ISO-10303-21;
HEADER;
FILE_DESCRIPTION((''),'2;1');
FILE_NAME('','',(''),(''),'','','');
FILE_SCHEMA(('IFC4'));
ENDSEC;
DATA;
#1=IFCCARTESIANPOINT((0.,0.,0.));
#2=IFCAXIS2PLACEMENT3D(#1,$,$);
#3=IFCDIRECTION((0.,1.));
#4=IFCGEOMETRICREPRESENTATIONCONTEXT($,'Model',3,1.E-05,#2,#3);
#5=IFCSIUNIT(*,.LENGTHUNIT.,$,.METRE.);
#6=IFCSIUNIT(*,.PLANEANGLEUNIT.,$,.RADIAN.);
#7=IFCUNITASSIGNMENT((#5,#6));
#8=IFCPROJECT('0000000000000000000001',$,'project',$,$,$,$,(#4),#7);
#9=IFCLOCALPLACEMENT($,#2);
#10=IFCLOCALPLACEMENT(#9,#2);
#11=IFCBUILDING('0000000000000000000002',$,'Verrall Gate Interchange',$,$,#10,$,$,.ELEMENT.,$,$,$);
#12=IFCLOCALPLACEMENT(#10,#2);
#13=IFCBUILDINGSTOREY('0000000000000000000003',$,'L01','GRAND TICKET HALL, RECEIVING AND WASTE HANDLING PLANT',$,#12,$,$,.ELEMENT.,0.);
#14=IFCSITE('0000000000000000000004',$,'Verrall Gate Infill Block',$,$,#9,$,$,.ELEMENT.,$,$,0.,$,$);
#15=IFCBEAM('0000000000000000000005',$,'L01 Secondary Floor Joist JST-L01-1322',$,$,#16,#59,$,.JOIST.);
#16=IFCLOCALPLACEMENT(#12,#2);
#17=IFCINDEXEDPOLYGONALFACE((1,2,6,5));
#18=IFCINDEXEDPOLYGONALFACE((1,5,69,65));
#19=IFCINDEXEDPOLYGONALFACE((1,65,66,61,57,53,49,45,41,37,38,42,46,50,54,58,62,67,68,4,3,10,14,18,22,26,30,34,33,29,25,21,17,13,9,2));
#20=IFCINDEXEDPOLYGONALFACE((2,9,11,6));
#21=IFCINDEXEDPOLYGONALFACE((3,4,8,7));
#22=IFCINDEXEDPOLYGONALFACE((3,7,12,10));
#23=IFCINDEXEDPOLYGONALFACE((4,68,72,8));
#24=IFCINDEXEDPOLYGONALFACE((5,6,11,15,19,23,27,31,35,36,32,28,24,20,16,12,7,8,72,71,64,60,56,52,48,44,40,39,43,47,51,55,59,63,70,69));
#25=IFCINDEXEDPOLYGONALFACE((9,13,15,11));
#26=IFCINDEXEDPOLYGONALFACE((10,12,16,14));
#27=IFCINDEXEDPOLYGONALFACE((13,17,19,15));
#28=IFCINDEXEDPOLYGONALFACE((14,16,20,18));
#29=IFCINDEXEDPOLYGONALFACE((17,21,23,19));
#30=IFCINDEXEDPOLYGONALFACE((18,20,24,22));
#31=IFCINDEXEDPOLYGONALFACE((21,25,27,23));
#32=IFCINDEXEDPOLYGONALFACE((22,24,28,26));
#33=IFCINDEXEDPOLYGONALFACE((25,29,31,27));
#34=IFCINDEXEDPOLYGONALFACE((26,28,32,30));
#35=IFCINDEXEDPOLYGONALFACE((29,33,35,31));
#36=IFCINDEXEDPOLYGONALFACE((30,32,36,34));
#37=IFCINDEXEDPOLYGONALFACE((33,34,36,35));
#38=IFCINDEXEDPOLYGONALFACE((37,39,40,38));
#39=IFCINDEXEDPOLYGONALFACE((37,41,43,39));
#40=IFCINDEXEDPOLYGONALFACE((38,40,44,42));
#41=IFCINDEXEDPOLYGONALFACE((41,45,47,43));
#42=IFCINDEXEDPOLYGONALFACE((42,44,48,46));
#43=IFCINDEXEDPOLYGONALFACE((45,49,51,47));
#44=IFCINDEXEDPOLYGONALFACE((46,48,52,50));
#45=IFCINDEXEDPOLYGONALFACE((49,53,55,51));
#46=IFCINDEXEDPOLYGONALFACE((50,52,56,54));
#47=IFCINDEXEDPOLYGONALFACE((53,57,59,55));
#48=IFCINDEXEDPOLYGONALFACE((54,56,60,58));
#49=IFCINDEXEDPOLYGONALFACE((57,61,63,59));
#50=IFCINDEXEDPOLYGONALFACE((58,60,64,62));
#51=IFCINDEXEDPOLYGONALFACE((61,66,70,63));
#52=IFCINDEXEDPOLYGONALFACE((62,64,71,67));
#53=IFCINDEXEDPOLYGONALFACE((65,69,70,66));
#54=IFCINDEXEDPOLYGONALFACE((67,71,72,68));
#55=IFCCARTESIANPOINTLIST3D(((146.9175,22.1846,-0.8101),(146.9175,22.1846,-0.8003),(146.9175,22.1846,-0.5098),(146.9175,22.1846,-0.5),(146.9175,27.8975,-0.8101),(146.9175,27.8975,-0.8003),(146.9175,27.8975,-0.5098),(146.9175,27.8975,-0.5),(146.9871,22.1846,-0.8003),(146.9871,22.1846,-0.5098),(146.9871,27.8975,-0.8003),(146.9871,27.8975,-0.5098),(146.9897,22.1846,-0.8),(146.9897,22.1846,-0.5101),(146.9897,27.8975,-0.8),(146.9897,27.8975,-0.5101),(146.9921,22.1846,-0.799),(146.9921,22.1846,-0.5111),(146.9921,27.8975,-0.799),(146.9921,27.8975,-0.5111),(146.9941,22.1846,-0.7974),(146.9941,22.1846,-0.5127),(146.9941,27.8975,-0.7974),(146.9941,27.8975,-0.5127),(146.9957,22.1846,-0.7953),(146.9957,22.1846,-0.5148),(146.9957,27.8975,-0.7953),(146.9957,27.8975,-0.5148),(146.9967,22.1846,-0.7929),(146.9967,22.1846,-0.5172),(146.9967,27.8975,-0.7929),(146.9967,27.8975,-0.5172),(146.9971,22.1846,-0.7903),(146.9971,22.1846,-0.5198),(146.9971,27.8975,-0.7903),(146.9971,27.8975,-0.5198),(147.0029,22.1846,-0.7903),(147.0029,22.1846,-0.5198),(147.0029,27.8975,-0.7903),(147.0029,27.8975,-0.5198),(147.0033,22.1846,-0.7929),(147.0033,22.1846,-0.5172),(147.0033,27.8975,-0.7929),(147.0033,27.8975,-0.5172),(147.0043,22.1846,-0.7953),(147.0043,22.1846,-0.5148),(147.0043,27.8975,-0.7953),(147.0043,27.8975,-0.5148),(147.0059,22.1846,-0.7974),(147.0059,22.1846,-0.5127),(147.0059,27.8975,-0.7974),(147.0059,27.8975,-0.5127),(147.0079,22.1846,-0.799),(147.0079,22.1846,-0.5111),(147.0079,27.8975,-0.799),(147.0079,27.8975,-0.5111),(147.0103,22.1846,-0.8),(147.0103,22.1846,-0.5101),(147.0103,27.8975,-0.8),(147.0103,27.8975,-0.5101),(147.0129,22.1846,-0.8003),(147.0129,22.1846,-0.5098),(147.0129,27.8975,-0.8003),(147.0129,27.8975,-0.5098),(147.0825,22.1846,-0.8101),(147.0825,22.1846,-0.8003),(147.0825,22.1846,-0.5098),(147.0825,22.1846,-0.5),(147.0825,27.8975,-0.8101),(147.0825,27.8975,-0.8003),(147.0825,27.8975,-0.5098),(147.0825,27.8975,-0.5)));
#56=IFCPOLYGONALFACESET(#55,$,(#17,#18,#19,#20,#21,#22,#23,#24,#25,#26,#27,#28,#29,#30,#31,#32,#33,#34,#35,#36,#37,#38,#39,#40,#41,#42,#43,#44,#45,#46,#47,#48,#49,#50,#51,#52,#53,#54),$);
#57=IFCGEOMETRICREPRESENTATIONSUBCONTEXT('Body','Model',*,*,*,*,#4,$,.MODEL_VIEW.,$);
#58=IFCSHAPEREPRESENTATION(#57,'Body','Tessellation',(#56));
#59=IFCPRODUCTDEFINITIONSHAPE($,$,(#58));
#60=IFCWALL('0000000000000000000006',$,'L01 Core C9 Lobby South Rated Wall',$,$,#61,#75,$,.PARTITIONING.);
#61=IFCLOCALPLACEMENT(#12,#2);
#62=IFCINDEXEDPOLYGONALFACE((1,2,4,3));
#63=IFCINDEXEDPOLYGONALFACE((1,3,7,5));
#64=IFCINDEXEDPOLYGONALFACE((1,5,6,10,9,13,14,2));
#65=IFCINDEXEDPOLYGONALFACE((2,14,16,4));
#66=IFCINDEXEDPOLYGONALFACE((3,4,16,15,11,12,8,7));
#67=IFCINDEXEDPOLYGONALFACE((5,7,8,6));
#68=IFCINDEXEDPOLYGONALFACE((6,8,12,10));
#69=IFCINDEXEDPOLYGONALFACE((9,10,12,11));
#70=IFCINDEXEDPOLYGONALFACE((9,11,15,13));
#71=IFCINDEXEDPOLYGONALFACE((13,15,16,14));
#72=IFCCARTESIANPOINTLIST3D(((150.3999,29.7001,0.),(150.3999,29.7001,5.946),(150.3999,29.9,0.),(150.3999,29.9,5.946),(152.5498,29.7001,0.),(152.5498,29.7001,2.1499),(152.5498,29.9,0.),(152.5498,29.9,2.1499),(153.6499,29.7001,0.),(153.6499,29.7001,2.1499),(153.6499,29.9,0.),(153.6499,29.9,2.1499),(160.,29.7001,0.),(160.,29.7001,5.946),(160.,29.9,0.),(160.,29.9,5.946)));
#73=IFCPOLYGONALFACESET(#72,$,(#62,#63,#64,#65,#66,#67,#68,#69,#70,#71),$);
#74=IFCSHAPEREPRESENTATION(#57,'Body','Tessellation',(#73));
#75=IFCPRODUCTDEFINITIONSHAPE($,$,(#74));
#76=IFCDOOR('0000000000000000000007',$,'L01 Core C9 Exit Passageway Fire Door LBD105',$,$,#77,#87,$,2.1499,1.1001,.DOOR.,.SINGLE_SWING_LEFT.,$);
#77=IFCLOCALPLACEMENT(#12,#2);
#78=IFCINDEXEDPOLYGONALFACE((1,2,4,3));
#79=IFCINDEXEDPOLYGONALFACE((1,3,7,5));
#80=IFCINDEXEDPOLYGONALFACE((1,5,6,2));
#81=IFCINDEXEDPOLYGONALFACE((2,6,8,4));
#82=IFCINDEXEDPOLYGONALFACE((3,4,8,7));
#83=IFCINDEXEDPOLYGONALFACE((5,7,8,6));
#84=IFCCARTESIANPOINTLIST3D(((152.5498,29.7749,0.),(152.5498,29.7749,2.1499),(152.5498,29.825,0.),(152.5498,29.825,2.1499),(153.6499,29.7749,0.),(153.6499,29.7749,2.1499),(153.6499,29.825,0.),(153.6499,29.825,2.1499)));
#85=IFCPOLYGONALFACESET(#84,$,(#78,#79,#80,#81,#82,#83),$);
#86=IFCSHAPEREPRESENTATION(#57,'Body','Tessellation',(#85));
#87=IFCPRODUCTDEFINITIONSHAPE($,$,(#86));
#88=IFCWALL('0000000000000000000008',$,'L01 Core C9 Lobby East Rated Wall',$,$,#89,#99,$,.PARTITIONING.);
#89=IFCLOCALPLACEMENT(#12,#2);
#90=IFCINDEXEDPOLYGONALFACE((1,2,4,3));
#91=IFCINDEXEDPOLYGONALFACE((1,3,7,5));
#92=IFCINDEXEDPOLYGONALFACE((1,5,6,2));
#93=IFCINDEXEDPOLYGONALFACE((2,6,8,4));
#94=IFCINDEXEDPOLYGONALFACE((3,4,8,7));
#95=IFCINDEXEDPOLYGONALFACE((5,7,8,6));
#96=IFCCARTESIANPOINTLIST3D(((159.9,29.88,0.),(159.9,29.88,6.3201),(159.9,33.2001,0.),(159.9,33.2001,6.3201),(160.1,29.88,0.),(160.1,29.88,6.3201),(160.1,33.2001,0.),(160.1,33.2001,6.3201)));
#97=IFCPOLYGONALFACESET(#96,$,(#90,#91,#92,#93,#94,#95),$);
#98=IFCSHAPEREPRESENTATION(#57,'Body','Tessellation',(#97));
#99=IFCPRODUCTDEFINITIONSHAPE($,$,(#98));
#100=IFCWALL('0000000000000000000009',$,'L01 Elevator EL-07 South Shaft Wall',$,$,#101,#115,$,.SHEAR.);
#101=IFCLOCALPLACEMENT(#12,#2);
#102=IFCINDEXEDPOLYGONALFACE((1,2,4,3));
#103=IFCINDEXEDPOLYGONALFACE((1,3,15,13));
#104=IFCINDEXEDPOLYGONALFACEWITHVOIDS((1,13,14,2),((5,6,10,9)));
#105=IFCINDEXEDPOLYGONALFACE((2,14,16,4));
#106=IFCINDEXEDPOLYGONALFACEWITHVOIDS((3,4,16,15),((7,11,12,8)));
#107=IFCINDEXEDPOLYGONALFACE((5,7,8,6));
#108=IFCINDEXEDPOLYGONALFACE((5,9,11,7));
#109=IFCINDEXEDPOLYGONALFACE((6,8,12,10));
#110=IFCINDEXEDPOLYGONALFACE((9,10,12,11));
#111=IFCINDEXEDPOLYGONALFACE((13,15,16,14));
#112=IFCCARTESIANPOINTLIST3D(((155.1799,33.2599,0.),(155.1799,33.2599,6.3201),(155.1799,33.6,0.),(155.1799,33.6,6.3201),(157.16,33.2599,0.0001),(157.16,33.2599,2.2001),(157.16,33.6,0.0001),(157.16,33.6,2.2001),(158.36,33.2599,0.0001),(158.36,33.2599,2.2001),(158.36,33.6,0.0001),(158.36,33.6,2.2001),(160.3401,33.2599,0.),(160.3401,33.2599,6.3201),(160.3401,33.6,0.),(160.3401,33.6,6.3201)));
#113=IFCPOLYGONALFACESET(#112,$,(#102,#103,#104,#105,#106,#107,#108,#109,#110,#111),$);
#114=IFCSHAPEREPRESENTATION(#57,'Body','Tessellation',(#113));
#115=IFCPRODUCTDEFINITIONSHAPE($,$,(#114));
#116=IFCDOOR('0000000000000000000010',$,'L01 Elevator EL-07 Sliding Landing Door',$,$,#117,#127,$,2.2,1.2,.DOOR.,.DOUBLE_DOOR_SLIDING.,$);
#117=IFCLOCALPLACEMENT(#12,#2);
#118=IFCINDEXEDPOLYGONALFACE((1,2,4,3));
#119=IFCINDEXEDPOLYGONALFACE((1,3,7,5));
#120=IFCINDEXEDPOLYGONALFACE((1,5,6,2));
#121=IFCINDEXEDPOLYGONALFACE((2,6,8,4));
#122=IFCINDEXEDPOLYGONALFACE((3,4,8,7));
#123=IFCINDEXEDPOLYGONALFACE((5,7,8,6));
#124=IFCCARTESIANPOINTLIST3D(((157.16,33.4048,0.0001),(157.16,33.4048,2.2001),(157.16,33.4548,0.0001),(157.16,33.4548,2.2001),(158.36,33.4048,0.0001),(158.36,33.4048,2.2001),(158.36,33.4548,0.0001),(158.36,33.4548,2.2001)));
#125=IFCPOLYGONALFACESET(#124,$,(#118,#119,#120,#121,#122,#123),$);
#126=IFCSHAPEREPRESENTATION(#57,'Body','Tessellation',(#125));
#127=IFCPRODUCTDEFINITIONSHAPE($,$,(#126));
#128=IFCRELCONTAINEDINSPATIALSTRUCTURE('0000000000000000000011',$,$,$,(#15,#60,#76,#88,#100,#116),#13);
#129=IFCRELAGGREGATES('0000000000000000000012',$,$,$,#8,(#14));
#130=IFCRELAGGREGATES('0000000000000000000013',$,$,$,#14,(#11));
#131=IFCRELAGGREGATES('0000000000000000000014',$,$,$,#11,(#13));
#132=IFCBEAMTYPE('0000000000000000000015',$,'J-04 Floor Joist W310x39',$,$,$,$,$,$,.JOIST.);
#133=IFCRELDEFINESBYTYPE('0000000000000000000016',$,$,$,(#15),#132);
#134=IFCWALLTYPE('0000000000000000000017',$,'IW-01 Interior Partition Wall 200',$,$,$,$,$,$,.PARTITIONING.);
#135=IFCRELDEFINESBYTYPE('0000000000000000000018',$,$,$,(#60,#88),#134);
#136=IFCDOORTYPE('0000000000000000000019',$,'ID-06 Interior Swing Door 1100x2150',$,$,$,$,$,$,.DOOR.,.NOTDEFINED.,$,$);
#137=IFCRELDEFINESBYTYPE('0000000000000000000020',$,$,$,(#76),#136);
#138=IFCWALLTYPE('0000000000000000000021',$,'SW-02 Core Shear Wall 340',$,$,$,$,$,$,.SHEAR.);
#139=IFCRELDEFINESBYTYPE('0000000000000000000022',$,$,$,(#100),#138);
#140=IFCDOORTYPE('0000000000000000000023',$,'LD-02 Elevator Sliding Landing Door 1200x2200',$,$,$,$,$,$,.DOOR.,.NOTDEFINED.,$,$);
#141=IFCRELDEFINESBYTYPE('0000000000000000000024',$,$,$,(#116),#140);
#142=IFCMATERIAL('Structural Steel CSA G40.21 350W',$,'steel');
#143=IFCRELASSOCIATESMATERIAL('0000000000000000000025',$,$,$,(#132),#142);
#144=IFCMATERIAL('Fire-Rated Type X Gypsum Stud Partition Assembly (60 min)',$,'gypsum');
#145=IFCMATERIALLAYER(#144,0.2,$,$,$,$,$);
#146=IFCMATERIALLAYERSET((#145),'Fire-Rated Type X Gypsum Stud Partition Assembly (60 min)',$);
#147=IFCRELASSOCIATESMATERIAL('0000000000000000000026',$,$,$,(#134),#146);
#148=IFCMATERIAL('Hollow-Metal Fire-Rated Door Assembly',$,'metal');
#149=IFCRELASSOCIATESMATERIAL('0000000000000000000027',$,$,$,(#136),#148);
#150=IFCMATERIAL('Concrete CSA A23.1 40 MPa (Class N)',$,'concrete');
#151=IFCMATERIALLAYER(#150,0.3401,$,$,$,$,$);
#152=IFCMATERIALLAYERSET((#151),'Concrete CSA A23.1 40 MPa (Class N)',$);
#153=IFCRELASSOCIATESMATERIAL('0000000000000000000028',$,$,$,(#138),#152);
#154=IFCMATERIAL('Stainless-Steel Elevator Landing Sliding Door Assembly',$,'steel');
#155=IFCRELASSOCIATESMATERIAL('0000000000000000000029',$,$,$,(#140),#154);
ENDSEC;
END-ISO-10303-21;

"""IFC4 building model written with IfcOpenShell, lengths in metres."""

from ifc_helpers import new_model, si_unit, direction, frame, frame_2d, origin, origin_2d, place, context, subcontext, project, spatial, rectangle, i_section, extrude, material, layer, layer_set, material_profile, profile_set, type_object, element, fill, save


model = new_model("IFC4")

# Units and contexts
model_context = context("Model", 3, precision=1e-05, world=origin(), true_north=direction((0.0, 1.0)))
body_context = subcontext(model_context, "Body", "Model", "MODEL_VIEW")
ifc_project = project(units=[si_unit("LENGTHUNIT", "METRE"), si_unit("PLANEANGLEUNIT", "RADIAN")], contexts=[model_context])

# Site, building, storey
site_placement = place(None, origin())
site = spatial("IfcSite", under=ifc_project, at=site_placement, Name="Verrall Gate Infill Block", CompositionType="ELEMENT", RefElevation=0.0)
building_placement = place(site_placement, origin())
building = spatial("IfcBuilding", under=site, at=building_placement, Name="Verrall Gate Interchange", CompositionType="ELEMENT")
storey_placement = place(building_placement, origin())
storey = spatial("IfcBuildingStorey", under=building, at=storey_placement, Name="L01", Description="GRAND TICKET HALL, RECEIVING AND WASTE HANDLING PLANT", CompositionType="ELEMENT", Elevation=0.0)

# Beam
ifc_material_1 = material(Name="Structural Steel CSA G40.21 350W", Category="steel")
ifc_material_profile_1 = material_profile(ifc_material_1, i_section(OverallWidth=0.165, OverallDepth=0.3101, WebThickness=0.0059, FlangeThickness=0.0098, FilletRadius=0.01, at=origin_2d()), Name="W310x39")
ifc_profile_set_1 = profile_set([ifc_material_profile_1], Name="Structural Steel CSA G40.21 350W")
beam_type_1 = type_object("IfcBeamType", Name="J-04 Floor Joist W310x39", PredefinedType="JOIST", material=ifc_profile_set_1)
beam_1_placement = place(storey_placement, frame((147.0, 22.1846, -0.655), z_axis=(0.0, 1.0, 0.0), x_axis=(-1.0, 0.0, 0.0)))
element("IfcBeam", 1, at=beam_1_placement, inside=storey, type_object=beam_type_1, Name="L01 Secondary Floor Joist JST-L01-1322", PredefinedType="JOIST", context=body_context, shape_type="SweptSolid", body=[
    extrude(i_section(OverallWidth=0.165, OverallDepth=0.3101, WebThickness=0.0059, FlangeThickness=0.0098, FilletRadius=0.01, at=origin_2d()), origin(), (0.0, 0.0, 1.0), 5.7129),
])

# Wall, opening, door
ifc_material_2 = material(Name="Fire-Rated Type X Gypsum Stud Partition Assembly (60 min)", Category="gypsum")
ifc_layer_1 = layer(ifc_material_2, 0.2)
ifc_layer_set_1 = layer_set([ifc_layer_1], Name="Fire-Rated Type X Gypsum Stud Partition Assembly (60 min)")
wall_type_1 = type_object("IfcWallType", Name="IW-01 Interior Partition Wall 200", PredefinedType="PARTITIONING", material=ifc_layer_set_1)
wall_1_placement = place(storey_placement, frame((150.3999, 29.8, 0.0), z_axis=(0.0, 0.0, 1.0), x_axis=(1.0, 0.0, 0.0)))
wall_1 = element("IfcWall", 2, at=wall_1_placement, inside=storey, type_object=wall_type_1, Name="L01 Core C9 Lobby South Rated Wall", PredefinedType="PARTITIONING", context=body_context, shape_type="SweptSolid", body=[
    extrude(rectangle(XDim=9.6001, YDim=0.2, at=frame_2d((4.8, 0.0))), origin(), (0.0, 0.0, 1.0), 5.946),
])
opening_1_placement = place(wall_1_placement, frame((2.1499, 0.0, 0.0)))
opening_1 = element("IfcOpeningElement", 3, at=opening_1_placement, cuts=wall_1, PredefinedType="OPENING", context=body_context, shape_type="SweptSolid", body=[
    extrude(rectangle(XDim=1.1001, YDim=2.1499, at=frame_2d((0.55, 1.075))), frame((0.0, 0.1147, 0.0), z_axis=(0.0, -1.0, 0.0), x_axis=(1.0, 0.0, 0.0)), (0.0, 0.0, 1.0), 0.2297),
])
ifc_material_3 = material(Name="Hollow-Metal Fire-Rated Door Assembly", Category="metal")
door_type_1 = type_object("IfcDoorType", Name="ID-06 Interior Swing Door 1100x2150", OperationType="NOTDEFINED", PredefinedType="DOOR", material=ifc_material_3)
door_1_placement = place(opening_1_placement, origin())
door_1 = element("IfcDoor", 4, at=door_1_placement, inside=storey, type_object=door_type_1, Name="L01 Core C9 Exit Passageway Fire Door LBD105", OperationType="SINGLE_SWING_LEFT", OverallHeight=2.1499, OverallWidth=1.1001, PredefinedType="DOOR", context=body_context, shape_type="SweptSolid", body=[
    extrude(rectangle(XDim=1.1001, YDim=2.1499, at=frame_2d((0.55, 1.075))), frame((0.0, 0.0249, 0.0), z_axis=(0.0, -1.0, 0.0), x_axis=(1.0, 0.0, 0.0)), (0.0, 0.0, 1.0), 0.05),
])
fill(opening_1, door_1)

# Wall
wall_2_placement = place(storey_placement, frame((160.0, 29.8799, 0.0), z_axis=(0.0, 0.0, 1.0), x_axis=(0.0, 1.0, 0.0)))
element("IfcWall", 5, at=wall_2_placement, inside=storey, type_object=wall_type_1, Name="L01 Core C9 Lobby East Rated Wall", PredefinedType="PARTITIONING", context=body_context, shape_type="SweptSolid", body=[
    extrude(rectangle(XDim=3.3201, YDim=0.2, at=frame_2d((1.6602, 0.0))), origin(), (0.0, 0.0, 1.0), 6.3201),
])

# Wall, opening, door
ifc_material_4 = material(Name="Concrete CSA A23.1 40 MPa (Class N)", Category="concrete")
ifc_layer_2 = layer(ifc_material_4, 0.3401)
ifc_layer_set_2 = layer_set([ifc_layer_2], Name="Concrete CSA A23.1 40 MPa (Class N)")
wall_type_2 = type_object("IfcWallType", Name="SW-02 Core Shear Wall 340", PredefinedType="SHEAR", material=ifc_layer_set_2)
wall_3_placement = place(storey_placement, frame((155.1799, 33.4299, 0.0), z_axis=(0.0, 0.0, 1.0), x_axis=(1.0, 0.0, 0.0)))
wall_3 = element("IfcWall", 6, at=wall_3_placement, inside=storey, type_object=wall_type_2, Name="L01 Elevator EL-07 South Shaft Wall", PredefinedType="SHEAR", context=body_context, shape_type="SweptSolid", body=[
    extrude(rectangle(XDim=5.1602, YDim=0.3401, at=frame_2d((2.5801, 0.0))), origin(), (0.0, 0.0, 1.0), 6.3201),
])
opening_2_placement = place(wall_3_placement, frame((1.98, 0.0, 0.0)))
opening_2 = element("IfcOpeningElement", 7, at=opening_2_placement, cuts=wall_3, PredefinedType="OPENING", context=body_context, shape_type="SweptSolid", body=[
    extrude(rectangle(XDim=1.2, YDim=2.2, at=frame_2d((0.6001, 1.1001))), frame((0.0, 0.1851, 0.0), z_axis=(0.0, -1.0, 0.0), x_axis=(1.0, 0.0, 0.0)), (0.0, 0.0, 1.0), 0.3699),
])
ifc_material_5 = material(Name="Stainless-Steel Elevator Landing Sliding Door Assembly", Category="steel")
door_type_2 = type_object("IfcDoorType", Name="LD-02 Elevator Sliding Landing Door 1200x2200", OperationType="NOTDEFINED", PredefinedType="DOOR", material=ifc_material_5)
door_2_placement = place(opening_2_placement, origin())
door_2 = element("IfcDoor", 8, at=door_2_placement, inside=storey, type_object=door_type_2, Name="L01 Elevator EL-07 Sliding Landing Door", OperationType="DOUBLE_DOOR_SLIDING", OverallHeight=2.2, OverallWidth=1.2, PredefinedType="DOOR", context=body_context, shape_type="SweptSolid", body=[
    extrude(rectangle(XDim=1.2, YDim=2.2, at=frame_2d((0.6001, 1.1001))), frame((0.0, 0.0249, 0.0), z_axis=(0.0, -1.0, 0.0), x_axis=(1.0, 0.0, 0.0)), (0.0, 0.0, 1.0), 0.05),
])
fill(opening_2, door_2)

save(model, "model.ifc")
